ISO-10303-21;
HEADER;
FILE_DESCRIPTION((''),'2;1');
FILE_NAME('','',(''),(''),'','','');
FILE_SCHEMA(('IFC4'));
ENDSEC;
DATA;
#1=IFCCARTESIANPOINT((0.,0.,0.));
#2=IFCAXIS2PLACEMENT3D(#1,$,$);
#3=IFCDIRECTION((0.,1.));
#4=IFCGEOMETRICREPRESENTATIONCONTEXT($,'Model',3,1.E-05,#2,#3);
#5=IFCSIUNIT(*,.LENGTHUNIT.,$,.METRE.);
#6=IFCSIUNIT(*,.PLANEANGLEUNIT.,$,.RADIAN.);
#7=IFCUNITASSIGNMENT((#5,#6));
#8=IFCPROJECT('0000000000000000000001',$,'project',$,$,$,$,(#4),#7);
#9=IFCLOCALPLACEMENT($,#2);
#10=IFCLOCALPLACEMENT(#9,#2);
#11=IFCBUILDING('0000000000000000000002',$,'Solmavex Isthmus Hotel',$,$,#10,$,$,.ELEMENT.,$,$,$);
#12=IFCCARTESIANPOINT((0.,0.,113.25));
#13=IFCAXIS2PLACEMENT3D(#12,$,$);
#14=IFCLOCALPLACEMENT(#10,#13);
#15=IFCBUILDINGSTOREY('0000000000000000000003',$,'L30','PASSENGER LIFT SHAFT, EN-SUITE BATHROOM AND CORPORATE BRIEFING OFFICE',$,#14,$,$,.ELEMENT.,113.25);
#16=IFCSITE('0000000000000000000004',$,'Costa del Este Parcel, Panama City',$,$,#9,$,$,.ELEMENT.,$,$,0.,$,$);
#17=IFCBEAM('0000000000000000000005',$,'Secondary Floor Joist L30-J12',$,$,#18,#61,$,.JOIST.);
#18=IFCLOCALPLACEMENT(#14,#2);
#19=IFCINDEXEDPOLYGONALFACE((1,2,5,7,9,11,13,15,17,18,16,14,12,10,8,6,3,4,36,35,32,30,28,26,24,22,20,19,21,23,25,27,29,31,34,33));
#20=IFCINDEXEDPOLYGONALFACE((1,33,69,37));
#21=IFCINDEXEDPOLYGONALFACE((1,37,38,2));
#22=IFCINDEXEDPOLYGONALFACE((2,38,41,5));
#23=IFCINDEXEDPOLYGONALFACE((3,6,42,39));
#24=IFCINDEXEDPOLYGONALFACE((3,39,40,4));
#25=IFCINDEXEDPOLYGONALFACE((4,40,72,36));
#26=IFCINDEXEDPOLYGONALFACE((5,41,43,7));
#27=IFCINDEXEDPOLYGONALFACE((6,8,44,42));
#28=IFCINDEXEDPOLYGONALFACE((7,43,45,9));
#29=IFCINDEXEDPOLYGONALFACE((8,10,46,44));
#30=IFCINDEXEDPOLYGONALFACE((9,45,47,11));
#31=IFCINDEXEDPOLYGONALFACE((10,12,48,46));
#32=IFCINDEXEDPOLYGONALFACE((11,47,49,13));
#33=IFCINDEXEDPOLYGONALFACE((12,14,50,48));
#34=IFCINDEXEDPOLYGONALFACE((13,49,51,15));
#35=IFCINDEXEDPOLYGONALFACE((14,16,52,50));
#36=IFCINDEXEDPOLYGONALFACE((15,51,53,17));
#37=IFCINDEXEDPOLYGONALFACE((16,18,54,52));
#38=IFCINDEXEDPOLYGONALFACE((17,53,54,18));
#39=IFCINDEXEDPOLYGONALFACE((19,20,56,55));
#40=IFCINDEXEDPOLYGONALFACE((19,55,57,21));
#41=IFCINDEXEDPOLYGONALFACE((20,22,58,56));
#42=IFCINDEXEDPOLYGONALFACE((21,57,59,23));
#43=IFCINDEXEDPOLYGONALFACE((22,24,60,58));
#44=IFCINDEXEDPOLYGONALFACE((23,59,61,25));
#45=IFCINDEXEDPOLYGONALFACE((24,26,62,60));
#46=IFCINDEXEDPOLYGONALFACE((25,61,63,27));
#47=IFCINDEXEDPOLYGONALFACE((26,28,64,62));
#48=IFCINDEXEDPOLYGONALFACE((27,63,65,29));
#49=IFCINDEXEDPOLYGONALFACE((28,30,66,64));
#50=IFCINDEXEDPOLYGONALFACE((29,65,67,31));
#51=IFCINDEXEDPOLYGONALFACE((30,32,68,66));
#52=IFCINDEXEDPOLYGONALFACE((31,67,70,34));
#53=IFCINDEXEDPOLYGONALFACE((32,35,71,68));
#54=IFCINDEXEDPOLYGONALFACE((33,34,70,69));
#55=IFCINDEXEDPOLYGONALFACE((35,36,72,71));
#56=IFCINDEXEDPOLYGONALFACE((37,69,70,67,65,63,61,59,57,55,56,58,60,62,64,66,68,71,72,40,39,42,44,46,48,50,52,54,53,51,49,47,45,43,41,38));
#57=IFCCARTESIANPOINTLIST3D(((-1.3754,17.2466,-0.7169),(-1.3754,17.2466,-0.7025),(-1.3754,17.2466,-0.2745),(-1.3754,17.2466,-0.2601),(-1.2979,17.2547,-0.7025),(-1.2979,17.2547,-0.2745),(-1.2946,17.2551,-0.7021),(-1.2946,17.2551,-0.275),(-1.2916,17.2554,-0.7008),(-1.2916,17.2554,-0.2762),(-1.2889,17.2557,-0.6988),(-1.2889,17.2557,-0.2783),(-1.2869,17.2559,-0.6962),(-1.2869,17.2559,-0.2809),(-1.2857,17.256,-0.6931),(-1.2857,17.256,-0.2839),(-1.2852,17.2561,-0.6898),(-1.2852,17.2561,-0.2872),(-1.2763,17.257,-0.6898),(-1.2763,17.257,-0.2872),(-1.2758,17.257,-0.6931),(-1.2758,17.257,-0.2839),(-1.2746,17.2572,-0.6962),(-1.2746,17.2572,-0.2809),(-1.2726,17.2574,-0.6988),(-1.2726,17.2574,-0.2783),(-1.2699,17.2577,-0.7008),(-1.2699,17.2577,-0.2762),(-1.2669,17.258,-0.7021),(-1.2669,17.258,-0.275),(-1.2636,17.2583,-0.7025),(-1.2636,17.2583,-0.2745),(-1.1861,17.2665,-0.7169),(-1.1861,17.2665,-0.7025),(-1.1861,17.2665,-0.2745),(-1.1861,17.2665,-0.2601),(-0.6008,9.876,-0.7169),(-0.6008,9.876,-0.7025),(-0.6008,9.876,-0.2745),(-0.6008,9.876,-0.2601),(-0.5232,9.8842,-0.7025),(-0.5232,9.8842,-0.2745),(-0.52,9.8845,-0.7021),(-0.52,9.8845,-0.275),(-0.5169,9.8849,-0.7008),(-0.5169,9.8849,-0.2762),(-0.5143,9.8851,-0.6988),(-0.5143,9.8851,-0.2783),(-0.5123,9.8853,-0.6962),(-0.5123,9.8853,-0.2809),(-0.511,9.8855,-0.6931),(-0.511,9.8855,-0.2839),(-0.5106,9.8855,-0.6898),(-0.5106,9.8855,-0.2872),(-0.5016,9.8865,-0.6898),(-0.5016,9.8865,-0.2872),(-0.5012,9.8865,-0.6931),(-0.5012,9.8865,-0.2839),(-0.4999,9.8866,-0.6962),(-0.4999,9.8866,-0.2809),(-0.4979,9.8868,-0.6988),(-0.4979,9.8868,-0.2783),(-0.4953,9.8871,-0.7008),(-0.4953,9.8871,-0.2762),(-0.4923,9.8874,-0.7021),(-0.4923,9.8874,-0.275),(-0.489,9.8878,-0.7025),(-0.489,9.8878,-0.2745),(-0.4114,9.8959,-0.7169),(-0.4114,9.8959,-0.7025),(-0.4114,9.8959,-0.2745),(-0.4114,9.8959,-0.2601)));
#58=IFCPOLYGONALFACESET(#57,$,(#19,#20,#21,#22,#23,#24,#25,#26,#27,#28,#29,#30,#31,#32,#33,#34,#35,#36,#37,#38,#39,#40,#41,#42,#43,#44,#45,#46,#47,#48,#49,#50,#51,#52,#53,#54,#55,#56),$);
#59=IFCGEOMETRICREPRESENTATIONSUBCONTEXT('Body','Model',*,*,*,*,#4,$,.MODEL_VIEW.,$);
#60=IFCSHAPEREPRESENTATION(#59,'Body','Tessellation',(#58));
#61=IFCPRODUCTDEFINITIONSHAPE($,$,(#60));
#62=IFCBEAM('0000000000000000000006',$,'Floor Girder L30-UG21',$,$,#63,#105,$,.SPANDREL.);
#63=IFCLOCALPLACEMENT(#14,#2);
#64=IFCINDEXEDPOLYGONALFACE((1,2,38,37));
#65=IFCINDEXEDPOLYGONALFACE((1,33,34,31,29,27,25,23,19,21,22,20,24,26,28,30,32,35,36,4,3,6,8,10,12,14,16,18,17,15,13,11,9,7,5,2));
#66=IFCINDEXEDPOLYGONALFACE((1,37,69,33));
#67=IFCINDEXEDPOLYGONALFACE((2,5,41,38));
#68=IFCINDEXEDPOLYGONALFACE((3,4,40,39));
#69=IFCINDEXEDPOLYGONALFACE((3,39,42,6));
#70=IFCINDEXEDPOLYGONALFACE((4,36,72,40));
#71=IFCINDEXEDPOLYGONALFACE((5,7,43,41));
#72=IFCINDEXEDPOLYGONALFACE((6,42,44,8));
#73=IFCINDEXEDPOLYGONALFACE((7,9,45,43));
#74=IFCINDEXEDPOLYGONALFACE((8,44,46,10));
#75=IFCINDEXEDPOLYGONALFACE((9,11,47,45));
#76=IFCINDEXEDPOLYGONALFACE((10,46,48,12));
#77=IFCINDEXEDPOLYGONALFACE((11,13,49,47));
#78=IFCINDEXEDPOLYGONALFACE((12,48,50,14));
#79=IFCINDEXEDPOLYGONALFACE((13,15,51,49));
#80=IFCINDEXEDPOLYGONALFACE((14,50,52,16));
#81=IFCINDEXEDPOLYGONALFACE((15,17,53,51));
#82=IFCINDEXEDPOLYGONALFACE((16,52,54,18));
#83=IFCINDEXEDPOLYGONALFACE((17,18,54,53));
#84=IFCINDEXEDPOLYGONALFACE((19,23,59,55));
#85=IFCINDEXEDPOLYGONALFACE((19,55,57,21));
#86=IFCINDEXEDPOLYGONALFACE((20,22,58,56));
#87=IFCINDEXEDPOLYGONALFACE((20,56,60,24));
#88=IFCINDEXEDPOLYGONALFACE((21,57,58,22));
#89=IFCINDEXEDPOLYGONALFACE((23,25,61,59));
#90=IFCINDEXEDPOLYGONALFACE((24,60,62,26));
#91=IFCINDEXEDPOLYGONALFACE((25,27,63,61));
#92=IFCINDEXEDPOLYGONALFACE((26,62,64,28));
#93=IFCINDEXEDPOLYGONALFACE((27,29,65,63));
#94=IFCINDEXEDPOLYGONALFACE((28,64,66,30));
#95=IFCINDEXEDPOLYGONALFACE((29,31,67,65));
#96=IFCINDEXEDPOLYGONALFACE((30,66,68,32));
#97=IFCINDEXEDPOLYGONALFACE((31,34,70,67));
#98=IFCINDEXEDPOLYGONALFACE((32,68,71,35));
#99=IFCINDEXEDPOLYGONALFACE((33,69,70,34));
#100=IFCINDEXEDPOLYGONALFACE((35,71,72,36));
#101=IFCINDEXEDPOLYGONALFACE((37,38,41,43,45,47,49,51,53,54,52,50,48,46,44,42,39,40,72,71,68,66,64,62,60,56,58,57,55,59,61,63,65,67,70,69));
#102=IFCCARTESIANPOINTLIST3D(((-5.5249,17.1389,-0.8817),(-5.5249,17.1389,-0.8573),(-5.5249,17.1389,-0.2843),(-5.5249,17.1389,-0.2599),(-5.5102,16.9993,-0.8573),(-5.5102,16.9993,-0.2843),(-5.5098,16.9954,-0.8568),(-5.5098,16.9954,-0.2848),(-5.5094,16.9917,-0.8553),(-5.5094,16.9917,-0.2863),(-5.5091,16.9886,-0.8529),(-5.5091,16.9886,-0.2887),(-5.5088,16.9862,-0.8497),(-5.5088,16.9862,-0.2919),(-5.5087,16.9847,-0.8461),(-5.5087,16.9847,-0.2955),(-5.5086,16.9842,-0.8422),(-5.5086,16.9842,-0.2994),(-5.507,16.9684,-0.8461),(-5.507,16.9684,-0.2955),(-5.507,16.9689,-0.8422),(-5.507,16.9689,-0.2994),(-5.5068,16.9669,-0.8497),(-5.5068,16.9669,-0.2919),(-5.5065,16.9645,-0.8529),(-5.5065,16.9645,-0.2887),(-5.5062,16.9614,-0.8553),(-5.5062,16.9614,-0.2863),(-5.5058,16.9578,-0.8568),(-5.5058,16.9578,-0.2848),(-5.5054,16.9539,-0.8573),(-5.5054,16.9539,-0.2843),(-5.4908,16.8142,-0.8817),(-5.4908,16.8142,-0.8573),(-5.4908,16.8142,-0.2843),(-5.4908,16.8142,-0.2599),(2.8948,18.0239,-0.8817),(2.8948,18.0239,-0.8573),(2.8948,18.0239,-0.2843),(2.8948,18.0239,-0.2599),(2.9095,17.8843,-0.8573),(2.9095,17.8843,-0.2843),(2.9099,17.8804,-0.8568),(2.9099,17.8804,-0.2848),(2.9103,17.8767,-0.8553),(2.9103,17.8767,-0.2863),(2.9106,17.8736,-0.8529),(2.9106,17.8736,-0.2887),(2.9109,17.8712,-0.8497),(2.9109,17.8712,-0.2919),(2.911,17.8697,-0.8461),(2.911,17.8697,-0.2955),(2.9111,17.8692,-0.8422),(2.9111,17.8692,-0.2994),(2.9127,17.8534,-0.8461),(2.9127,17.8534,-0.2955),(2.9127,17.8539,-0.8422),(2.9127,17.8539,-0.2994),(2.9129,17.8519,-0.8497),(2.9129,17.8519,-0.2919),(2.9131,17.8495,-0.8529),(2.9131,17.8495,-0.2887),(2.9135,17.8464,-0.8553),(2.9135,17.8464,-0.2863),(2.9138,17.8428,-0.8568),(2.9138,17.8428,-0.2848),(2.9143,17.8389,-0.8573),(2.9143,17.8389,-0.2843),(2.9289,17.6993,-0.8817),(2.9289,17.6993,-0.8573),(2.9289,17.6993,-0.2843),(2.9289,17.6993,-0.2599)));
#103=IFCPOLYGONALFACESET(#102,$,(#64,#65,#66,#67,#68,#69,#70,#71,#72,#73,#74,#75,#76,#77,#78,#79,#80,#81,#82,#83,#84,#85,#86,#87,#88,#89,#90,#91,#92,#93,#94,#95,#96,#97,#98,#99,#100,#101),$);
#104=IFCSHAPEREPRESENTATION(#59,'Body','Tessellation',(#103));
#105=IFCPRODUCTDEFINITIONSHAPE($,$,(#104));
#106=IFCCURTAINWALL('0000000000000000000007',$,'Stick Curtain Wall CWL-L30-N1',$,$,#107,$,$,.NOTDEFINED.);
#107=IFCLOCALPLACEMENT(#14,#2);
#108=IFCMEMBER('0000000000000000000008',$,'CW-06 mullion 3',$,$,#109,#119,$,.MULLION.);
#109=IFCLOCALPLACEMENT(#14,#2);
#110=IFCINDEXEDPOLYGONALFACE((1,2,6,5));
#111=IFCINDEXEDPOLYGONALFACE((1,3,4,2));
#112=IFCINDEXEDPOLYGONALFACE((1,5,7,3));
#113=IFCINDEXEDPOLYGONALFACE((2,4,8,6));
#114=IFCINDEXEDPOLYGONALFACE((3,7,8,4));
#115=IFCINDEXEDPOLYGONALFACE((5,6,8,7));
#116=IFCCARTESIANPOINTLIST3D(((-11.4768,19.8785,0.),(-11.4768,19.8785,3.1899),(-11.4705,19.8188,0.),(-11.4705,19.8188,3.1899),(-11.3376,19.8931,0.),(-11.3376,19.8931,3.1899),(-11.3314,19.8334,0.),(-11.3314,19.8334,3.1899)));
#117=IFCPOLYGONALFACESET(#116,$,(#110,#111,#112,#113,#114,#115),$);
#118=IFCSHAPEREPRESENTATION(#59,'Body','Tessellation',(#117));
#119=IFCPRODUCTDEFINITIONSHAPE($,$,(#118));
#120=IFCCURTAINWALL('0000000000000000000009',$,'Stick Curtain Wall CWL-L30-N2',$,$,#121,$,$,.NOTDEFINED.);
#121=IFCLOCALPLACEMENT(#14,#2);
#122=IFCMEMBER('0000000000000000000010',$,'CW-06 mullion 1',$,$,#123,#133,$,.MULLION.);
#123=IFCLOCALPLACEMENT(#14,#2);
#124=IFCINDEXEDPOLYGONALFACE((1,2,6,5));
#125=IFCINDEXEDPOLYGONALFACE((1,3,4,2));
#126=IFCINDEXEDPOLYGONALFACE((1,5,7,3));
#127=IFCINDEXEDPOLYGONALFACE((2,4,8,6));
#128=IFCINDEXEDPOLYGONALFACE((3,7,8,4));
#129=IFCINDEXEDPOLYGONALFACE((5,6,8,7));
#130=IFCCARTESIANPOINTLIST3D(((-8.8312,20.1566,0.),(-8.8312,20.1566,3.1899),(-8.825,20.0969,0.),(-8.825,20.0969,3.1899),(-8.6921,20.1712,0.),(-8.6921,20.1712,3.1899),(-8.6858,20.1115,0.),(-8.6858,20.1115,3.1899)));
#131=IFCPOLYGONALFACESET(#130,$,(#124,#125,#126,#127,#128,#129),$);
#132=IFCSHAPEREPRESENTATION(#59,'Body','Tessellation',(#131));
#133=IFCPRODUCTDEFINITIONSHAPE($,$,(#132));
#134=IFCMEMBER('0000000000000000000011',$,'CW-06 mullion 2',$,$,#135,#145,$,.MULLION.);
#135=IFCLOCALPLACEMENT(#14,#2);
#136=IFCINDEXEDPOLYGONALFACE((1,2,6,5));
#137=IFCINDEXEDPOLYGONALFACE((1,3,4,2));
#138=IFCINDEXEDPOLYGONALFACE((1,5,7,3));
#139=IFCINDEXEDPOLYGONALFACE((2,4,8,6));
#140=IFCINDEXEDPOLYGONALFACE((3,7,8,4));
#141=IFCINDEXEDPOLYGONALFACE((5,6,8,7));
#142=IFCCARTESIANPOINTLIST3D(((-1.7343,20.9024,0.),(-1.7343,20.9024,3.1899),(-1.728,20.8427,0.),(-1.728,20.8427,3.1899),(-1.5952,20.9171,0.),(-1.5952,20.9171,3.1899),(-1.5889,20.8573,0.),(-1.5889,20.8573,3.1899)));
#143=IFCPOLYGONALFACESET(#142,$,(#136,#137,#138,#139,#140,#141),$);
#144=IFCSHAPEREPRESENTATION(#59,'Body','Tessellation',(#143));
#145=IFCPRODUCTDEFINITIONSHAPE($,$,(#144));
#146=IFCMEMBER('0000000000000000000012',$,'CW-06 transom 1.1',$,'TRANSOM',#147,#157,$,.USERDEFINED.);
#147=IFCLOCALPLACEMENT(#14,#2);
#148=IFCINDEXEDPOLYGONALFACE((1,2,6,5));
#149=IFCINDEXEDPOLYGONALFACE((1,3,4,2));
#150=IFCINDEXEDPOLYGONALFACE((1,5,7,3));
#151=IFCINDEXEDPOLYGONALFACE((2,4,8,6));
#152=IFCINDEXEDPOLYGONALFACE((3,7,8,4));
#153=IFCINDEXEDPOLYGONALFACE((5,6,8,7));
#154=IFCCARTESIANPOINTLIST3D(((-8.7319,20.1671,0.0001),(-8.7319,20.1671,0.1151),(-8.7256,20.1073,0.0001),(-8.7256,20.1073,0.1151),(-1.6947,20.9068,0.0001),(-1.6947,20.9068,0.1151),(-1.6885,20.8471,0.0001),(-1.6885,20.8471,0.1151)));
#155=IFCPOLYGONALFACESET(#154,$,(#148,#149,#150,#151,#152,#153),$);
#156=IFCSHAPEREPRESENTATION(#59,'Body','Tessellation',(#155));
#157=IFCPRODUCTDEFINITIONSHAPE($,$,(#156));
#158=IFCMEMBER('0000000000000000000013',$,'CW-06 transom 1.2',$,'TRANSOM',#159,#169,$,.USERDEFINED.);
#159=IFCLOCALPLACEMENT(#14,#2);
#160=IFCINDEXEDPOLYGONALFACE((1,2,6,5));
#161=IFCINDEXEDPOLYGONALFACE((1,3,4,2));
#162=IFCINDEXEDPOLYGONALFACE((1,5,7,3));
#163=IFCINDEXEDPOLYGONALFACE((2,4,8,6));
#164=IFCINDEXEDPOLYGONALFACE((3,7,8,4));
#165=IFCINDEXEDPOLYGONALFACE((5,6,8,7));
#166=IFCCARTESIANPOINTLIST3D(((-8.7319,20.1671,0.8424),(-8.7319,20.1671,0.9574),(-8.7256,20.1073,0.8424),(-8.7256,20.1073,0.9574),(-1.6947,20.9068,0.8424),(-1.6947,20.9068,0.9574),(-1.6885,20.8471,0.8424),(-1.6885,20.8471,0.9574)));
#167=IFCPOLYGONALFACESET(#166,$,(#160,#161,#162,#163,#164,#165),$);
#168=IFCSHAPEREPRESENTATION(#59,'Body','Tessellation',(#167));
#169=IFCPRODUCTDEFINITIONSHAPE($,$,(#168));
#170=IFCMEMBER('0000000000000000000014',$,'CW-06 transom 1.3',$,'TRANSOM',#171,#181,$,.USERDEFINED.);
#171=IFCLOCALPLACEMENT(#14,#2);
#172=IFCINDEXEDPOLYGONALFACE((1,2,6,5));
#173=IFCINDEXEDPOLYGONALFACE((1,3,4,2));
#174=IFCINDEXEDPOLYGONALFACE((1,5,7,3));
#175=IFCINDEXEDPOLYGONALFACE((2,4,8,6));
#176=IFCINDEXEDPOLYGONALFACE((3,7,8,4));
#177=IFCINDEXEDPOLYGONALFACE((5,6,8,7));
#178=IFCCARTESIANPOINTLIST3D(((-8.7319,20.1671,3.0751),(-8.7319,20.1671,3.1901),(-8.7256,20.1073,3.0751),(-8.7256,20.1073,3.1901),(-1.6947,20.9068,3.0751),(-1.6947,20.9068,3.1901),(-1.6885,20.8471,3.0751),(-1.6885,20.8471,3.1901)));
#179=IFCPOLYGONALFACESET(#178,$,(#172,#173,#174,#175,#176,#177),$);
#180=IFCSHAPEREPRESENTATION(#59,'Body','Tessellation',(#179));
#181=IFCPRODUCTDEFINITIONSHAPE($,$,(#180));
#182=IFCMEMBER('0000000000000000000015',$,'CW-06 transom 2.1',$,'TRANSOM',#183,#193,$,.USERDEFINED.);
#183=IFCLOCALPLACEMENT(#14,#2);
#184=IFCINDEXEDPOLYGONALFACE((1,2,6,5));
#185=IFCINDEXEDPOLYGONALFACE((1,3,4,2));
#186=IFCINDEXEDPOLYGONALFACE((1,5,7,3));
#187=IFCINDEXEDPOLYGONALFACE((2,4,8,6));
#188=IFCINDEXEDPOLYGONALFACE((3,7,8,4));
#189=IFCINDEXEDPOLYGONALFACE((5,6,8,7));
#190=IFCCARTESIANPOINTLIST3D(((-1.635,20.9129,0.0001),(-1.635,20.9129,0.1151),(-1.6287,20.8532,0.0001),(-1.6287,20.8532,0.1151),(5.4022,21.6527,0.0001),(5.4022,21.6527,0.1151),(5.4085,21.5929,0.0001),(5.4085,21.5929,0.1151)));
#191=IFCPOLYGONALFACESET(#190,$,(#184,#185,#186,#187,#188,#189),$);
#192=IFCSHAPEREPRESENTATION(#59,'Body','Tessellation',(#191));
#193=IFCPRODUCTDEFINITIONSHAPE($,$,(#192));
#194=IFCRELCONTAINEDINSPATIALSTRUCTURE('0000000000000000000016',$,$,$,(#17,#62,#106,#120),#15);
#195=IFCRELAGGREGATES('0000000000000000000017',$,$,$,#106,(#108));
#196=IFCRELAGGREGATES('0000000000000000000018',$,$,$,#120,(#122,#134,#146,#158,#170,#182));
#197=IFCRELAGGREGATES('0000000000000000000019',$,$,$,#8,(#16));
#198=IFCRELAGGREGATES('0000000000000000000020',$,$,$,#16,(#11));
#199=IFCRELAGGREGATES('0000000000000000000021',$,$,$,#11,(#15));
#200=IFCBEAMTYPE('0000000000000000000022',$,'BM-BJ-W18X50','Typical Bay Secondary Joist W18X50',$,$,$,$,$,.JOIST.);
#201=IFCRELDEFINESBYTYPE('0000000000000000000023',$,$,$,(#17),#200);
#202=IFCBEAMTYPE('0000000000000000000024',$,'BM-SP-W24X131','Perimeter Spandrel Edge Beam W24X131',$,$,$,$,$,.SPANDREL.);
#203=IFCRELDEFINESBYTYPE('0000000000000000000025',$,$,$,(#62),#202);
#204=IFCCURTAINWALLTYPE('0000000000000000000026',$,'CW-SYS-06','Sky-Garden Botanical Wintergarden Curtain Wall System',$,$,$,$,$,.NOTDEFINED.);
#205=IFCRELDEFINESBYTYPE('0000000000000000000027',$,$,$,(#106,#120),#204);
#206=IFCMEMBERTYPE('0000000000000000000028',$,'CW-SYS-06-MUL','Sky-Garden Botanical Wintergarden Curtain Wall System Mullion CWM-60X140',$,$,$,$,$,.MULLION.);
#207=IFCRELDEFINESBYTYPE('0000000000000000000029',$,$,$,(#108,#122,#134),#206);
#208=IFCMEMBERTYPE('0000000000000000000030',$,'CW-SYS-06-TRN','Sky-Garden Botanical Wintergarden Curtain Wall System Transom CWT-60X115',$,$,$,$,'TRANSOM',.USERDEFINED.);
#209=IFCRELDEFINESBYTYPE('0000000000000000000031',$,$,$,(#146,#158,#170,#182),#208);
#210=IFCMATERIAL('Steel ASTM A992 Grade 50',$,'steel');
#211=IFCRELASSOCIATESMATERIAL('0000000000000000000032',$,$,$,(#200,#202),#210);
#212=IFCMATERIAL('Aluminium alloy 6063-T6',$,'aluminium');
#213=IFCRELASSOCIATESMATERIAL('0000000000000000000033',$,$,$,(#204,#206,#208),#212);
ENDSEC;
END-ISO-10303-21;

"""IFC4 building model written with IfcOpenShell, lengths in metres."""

from ifc_helpers import new_model, si_unit, direction, frame, origin, origin_2d, place, context, subcontext, project, spatial, rectangle, i_section, extrude, material, material_profile, profile_set, type_object, element, aggregate, save


model = new_model("IFC4")

# Units and contexts
model_context = context("Model", 3, precision=1e-05, world=origin(), true_north=direction((0.0, 1.0)))
body_context = subcontext(model_context, "Body", "Model", "MODEL_VIEW")
ifc_project = project(units=[si_unit("LENGTHUNIT", "METRE"), si_unit("PLANEANGLEUNIT", "RADIAN")], contexts=[model_context])

# Site, building, storey
site_placement = place(None, origin())
site = spatial("IfcSite", under=ifc_project, at=site_placement, Name="Costa del Este Parcel, Panama City", CompositionType="ELEMENT", RefElevation=0.0)
building_placement = place(site_placement, origin())
building = spatial("IfcBuilding", under=site, at=building_placement, Name="Solmavex Isthmus Hotel", CompositionType="ELEMENT")
storey_placement = place(building_placement, frame((0.0, 0.0, 113.25)))
storey = spatial("IfcBuildingStorey", under=building, at=storey_placement, Name="L30", Description="PASSENGER LIFT SHAFT, EN-SUITE BATHROOM AND CORPORATE BRIEFING OFFICE", CompositionType="ELEMENT", Elevation=113.25)

# Beams
ifc_material_1 = material(Name="Steel ASTM A992 Grade 50", Category="steel")
ifc_material_profile_1 = material_profile(ifc_material_1, i_section(OverallWidth=0.1904, OverallDepth=0.4568, WebThickness=0.009, FlangeThickness=0.0144, FilletRadius=0.0127, at=origin_2d()), Name="W18X50")
ifc_profile_set_1 = profile_set([ifc_material_profile_1], Name="Steel ASTM A992 Grade 50")
beam_type_1 = type_object("IfcBeamType", Name="BM-BJ-W18X50", Description="Typical Bay Secondary Joist W18X50", PredefinedType="JOIST", material=ifc_profile_set_1)
beam_1_placement = place(storey_placement, frame((-0.5061, 9.886, -0.4885), z_axis=(-0.104525, 0.994522, 0.0), x_axis=(-0.994522, -0.104525, 0.0)))
element("IfcBeam", 1, at=beam_1_placement, inside=storey, type_object=beam_type_1, Name="Secondary Floor Joist L30-J12", PredefinedType="JOIST", context=body_context, shape_type="SweptSolid", body=[
    extrude(i_section(OverallWidth=0.1904, OverallDepth=0.4568, WebThickness=0.009, FlangeThickness=0.0144, FilletRadius=0.0127, at=origin_2d()), origin(), (0.0, 0.0, 1.0), 7.4111),
])
ifc_material_profile_2 = material_profile(ifc_material_1, i_section(OverallWidth=0.3264, OverallDepth=0.6218, WebThickness=0.0154, FlangeThickness=0.0244, FilletRadius=0.0151, at=origin_2d()), Name="W24X131")
ifc_profile_set_2 = profile_set([ifc_material_profile_2], Name="Steel ASTM A992 Grade 50")
beam_type_2 = type_object("IfcBeamType", Name="BM-SP-W24X131", Description="Perimeter Spandrel Edge Beam W24X131", PredefinedType="SPANDREL", material=ifc_profile_set_2)
beam_2_placement = place(storey_placement, frame((-5.5078, 16.9766, -0.5708), z_axis=(0.994521, 0.104536, 0.0), x_axis=(-0.104536, 0.994521, 0.0)))
element("IfcBeam", 2, at=beam_2_placement, inside=storey, type_object=beam_type_2, Name="Floor Girder L30-UG21", PredefinedType="SPANDREL", context=body_context, shape_type="SweptSolid", body=[
    extrude(i_section(OverallWidth=0.3264, OverallDepth=0.6218, WebThickness=0.0154, FlangeThickness=0.0244, FilletRadius=0.0151, at=origin_2d()), origin(), (0.0, 0.0, 1.0), 8.4661),
])

# Curtain wall, member
ifc_material_2 = material(Name="Aluminium alloy 6063-T6", Category="aluminium")
curtain_wall_type = type_object("IfcCurtainWallType", Name="CW-SYS-06", Description="Sky-Garden Botanical Wintergarden Curtain Wall System", PredefinedType="NOTDEFINED", material=ifc_material_2)
curtain_wall_1_placement = place(storey_placement, origin())
curtain_wall_1 = element("IfcCurtainWall", 3, at=curtain_wall_1_placement, inside=storey, type_object=curtain_wall_type, Name="Stick Curtain Wall CWL-L30-N1", PredefinedType="NOTDEFINED")
ifc_material_profile_3 = material_profile(ifc_material_2, rectangle(XDim=0.0601, YDim=0.1399, at=origin_2d()), Name="CWM-60X140")
ifc_profile_set_3 = profile_set([ifc_material_profile_3], Name="Aluminium alloy 6063-T6")
member_type_1 = type_object("IfcMemberType", Name="CW-SYS-06-MUL", Description="Sky-Garden Botanical Wintergarden Curtain Wall System Mullion CWM-60X140", PredefinedType="MULLION", material=ifc_profile_set_3)
member_1_placement = place(storey_placement, frame((-11.4041, 19.856, 0.0), z_axis=(0.0, 0.0, 1.0), x_axis=(-0.104528, 0.994522, 0.0)))
member_1 = element("IfcMember", 4, at=member_1_placement, type_object=member_type_1, Name="CW-06 mullion 3", PredefinedType="MULLION", context=body_context, shape_type="SweptSolid", body=[
    extrude(rectangle(XDim=0.0601, YDim=0.1399, at=origin_2d()), origin(), (0.0, 0.0, 1.0), 3.1899),
])
aggregate(curtain_wall_1, [member_1])

# Curtain wall, members
curtain_wall_2_placement = place(storey_placement, origin())
curtain_wall_2 = element("IfcCurtainWall", 5, at=curtain_wall_2_placement, inside=storey, type_object=curtain_wall_type, Name="Stick Curtain Wall CWL-L30-N2", PredefinedType="NOTDEFINED")
member_2_placement = place(storey_placement, frame((-8.7585, 20.134, 0.0), z_axis=(0.0, 0.0, 1.0), x_axis=(-0.104528, 0.994522, 0.0)))
member_2 = element("IfcMember", 6, at=member_2_placement, type_object=member_type_1, Name="CW-06 mullion 1", PredefinedType="MULLION", context=body_context, shape_type="SweptSolid", body=[
    extrude(rectangle(XDim=0.0601, YDim=0.1399, at=origin_2d()), origin(), (0.0, 0.0, 1.0), 3.1899),
])
member_3_placement = place(storey_placement, frame((-1.6616, 20.8799, 0.0), z_axis=(0.0, 0.0, 1.0), x_axis=(-0.104528, 0.994522, 0.0)))
member_3 = element("IfcMember", 7, at=member_3_placement, type_object=member_type_1, Name="CW-06 mullion 2", PredefinedType="MULLION", context=body_context, shape_type="SweptSolid", body=[
    extrude(rectangle(XDim=0.0601, YDim=0.1399, at=origin_2d()), origin(), (0.0, 0.0, 1.0), 3.1899),
])
ifc_material_profile_4 = material_profile(ifc_material_2, rectangle(XDim=0.0601, YDim=0.115, at=origin_2d()), Name="CWT-60X115")
ifc_profile_set_4 = profile_set([ifc_material_profile_4], Name="Aluminium alloy 6063-T6")
member_type_2 = type_object("IfcMemberType", Name="CW-SYS-06-TRN", Description="Sky-Garden Botanical Wintergarden Curtain Wall System Transom CWT-60X115", ElementType="TRANSOM", PredefinedType="USERDEFINED", material=ifc_profile_set_4)
member_4_placement = place(storey_placement, frame((-8.7288, 20.1372, 0.0576), z_axis=(0.99452, 0.104545, 0.0), x_axis=(-0.104545, 0.99452, 0.0)))
member_4 = element("IfcMember", 8, at=member_4_placement, type_object=member_type_2, Name="CW-06 transom 1.1", ObjectType="TRANSOM", PredefinedType="USERDEFINED", context=body_context, shape_type="SweptSolid", body=[
    extrude(rectangle(XDim=0.0601, YDim=0.115, at=origin_2d()), origin(), (0.0, 0.0, 1.0), 7.0759),
])
member_5_placement = place(storey_placement, frame((-8.7288, 20.1372, 0.8999), z_axis=(0.99452, 0.104545, 0.0), x_axis=(-0.104545, 0.99452, 0.0)))
member_5 = element("IfcMember", 9, at=member_5_placement, type_object=member_type_2, Name="CW-06 transom 1.2", ObjectType="TRANSOM", PredefinedType="USERDEFINED", context=body_context, shape_type="SweptSolid", body=[
    extrude(rectangle(XDim=0.0601, YDim=0.115, at=origin_2d()), origin(), (0.0, 0.0, 1.0), 7.0759),
])
member_6_placement = place(storey_placement, frame((-8.7288, 20.1372, 3.1326), z_axis=(0.99452, 0.104545, 0.0), x_axis=(-0.104545, 0.99452, 0.0)))
member_6 = element("IfcMember", 10, at=member_6_placement, type_object=member_type_2, Name="CW-06 transom 1.3", ObjectType="TRANSOM", PredefinedType="USERDEFINED", context=body_context, shape_type="SweptSolid", body=[
    extrude(rectangle(XDim=0.0601, YDim=0.115, at=origin_2d()), origin(), (0.0, 0.0, 1.0), 7.0759),
])
member_7_placement = place(storey_placement, frame((-1.6318, 20.8831, 0.0576), z_axis=(0.99452, 0.104545, 0.0), x_axis=(-0.104545, 0.99452, 0.0)))
member_7 = element("IfcMember", 11, at=member_7_placement, type_object=member_type_2, Name="CW-06 transom 2.1", ObjectType="TRANSOM", PredefinedType="USERDEFINED", context=body_context, shape_type="SweptSolid", body=[
    extrude(rectangle(XDim=0.0601, YDim=0.115, at=origin_2d()), origin(), (0.0, 0.0, 1.0), 7.0759),
])
aggregate(curtain_wall_2, [member_2, member_3, member_4, member_5, member_6, member_7])

save(model, "model.ifc")
